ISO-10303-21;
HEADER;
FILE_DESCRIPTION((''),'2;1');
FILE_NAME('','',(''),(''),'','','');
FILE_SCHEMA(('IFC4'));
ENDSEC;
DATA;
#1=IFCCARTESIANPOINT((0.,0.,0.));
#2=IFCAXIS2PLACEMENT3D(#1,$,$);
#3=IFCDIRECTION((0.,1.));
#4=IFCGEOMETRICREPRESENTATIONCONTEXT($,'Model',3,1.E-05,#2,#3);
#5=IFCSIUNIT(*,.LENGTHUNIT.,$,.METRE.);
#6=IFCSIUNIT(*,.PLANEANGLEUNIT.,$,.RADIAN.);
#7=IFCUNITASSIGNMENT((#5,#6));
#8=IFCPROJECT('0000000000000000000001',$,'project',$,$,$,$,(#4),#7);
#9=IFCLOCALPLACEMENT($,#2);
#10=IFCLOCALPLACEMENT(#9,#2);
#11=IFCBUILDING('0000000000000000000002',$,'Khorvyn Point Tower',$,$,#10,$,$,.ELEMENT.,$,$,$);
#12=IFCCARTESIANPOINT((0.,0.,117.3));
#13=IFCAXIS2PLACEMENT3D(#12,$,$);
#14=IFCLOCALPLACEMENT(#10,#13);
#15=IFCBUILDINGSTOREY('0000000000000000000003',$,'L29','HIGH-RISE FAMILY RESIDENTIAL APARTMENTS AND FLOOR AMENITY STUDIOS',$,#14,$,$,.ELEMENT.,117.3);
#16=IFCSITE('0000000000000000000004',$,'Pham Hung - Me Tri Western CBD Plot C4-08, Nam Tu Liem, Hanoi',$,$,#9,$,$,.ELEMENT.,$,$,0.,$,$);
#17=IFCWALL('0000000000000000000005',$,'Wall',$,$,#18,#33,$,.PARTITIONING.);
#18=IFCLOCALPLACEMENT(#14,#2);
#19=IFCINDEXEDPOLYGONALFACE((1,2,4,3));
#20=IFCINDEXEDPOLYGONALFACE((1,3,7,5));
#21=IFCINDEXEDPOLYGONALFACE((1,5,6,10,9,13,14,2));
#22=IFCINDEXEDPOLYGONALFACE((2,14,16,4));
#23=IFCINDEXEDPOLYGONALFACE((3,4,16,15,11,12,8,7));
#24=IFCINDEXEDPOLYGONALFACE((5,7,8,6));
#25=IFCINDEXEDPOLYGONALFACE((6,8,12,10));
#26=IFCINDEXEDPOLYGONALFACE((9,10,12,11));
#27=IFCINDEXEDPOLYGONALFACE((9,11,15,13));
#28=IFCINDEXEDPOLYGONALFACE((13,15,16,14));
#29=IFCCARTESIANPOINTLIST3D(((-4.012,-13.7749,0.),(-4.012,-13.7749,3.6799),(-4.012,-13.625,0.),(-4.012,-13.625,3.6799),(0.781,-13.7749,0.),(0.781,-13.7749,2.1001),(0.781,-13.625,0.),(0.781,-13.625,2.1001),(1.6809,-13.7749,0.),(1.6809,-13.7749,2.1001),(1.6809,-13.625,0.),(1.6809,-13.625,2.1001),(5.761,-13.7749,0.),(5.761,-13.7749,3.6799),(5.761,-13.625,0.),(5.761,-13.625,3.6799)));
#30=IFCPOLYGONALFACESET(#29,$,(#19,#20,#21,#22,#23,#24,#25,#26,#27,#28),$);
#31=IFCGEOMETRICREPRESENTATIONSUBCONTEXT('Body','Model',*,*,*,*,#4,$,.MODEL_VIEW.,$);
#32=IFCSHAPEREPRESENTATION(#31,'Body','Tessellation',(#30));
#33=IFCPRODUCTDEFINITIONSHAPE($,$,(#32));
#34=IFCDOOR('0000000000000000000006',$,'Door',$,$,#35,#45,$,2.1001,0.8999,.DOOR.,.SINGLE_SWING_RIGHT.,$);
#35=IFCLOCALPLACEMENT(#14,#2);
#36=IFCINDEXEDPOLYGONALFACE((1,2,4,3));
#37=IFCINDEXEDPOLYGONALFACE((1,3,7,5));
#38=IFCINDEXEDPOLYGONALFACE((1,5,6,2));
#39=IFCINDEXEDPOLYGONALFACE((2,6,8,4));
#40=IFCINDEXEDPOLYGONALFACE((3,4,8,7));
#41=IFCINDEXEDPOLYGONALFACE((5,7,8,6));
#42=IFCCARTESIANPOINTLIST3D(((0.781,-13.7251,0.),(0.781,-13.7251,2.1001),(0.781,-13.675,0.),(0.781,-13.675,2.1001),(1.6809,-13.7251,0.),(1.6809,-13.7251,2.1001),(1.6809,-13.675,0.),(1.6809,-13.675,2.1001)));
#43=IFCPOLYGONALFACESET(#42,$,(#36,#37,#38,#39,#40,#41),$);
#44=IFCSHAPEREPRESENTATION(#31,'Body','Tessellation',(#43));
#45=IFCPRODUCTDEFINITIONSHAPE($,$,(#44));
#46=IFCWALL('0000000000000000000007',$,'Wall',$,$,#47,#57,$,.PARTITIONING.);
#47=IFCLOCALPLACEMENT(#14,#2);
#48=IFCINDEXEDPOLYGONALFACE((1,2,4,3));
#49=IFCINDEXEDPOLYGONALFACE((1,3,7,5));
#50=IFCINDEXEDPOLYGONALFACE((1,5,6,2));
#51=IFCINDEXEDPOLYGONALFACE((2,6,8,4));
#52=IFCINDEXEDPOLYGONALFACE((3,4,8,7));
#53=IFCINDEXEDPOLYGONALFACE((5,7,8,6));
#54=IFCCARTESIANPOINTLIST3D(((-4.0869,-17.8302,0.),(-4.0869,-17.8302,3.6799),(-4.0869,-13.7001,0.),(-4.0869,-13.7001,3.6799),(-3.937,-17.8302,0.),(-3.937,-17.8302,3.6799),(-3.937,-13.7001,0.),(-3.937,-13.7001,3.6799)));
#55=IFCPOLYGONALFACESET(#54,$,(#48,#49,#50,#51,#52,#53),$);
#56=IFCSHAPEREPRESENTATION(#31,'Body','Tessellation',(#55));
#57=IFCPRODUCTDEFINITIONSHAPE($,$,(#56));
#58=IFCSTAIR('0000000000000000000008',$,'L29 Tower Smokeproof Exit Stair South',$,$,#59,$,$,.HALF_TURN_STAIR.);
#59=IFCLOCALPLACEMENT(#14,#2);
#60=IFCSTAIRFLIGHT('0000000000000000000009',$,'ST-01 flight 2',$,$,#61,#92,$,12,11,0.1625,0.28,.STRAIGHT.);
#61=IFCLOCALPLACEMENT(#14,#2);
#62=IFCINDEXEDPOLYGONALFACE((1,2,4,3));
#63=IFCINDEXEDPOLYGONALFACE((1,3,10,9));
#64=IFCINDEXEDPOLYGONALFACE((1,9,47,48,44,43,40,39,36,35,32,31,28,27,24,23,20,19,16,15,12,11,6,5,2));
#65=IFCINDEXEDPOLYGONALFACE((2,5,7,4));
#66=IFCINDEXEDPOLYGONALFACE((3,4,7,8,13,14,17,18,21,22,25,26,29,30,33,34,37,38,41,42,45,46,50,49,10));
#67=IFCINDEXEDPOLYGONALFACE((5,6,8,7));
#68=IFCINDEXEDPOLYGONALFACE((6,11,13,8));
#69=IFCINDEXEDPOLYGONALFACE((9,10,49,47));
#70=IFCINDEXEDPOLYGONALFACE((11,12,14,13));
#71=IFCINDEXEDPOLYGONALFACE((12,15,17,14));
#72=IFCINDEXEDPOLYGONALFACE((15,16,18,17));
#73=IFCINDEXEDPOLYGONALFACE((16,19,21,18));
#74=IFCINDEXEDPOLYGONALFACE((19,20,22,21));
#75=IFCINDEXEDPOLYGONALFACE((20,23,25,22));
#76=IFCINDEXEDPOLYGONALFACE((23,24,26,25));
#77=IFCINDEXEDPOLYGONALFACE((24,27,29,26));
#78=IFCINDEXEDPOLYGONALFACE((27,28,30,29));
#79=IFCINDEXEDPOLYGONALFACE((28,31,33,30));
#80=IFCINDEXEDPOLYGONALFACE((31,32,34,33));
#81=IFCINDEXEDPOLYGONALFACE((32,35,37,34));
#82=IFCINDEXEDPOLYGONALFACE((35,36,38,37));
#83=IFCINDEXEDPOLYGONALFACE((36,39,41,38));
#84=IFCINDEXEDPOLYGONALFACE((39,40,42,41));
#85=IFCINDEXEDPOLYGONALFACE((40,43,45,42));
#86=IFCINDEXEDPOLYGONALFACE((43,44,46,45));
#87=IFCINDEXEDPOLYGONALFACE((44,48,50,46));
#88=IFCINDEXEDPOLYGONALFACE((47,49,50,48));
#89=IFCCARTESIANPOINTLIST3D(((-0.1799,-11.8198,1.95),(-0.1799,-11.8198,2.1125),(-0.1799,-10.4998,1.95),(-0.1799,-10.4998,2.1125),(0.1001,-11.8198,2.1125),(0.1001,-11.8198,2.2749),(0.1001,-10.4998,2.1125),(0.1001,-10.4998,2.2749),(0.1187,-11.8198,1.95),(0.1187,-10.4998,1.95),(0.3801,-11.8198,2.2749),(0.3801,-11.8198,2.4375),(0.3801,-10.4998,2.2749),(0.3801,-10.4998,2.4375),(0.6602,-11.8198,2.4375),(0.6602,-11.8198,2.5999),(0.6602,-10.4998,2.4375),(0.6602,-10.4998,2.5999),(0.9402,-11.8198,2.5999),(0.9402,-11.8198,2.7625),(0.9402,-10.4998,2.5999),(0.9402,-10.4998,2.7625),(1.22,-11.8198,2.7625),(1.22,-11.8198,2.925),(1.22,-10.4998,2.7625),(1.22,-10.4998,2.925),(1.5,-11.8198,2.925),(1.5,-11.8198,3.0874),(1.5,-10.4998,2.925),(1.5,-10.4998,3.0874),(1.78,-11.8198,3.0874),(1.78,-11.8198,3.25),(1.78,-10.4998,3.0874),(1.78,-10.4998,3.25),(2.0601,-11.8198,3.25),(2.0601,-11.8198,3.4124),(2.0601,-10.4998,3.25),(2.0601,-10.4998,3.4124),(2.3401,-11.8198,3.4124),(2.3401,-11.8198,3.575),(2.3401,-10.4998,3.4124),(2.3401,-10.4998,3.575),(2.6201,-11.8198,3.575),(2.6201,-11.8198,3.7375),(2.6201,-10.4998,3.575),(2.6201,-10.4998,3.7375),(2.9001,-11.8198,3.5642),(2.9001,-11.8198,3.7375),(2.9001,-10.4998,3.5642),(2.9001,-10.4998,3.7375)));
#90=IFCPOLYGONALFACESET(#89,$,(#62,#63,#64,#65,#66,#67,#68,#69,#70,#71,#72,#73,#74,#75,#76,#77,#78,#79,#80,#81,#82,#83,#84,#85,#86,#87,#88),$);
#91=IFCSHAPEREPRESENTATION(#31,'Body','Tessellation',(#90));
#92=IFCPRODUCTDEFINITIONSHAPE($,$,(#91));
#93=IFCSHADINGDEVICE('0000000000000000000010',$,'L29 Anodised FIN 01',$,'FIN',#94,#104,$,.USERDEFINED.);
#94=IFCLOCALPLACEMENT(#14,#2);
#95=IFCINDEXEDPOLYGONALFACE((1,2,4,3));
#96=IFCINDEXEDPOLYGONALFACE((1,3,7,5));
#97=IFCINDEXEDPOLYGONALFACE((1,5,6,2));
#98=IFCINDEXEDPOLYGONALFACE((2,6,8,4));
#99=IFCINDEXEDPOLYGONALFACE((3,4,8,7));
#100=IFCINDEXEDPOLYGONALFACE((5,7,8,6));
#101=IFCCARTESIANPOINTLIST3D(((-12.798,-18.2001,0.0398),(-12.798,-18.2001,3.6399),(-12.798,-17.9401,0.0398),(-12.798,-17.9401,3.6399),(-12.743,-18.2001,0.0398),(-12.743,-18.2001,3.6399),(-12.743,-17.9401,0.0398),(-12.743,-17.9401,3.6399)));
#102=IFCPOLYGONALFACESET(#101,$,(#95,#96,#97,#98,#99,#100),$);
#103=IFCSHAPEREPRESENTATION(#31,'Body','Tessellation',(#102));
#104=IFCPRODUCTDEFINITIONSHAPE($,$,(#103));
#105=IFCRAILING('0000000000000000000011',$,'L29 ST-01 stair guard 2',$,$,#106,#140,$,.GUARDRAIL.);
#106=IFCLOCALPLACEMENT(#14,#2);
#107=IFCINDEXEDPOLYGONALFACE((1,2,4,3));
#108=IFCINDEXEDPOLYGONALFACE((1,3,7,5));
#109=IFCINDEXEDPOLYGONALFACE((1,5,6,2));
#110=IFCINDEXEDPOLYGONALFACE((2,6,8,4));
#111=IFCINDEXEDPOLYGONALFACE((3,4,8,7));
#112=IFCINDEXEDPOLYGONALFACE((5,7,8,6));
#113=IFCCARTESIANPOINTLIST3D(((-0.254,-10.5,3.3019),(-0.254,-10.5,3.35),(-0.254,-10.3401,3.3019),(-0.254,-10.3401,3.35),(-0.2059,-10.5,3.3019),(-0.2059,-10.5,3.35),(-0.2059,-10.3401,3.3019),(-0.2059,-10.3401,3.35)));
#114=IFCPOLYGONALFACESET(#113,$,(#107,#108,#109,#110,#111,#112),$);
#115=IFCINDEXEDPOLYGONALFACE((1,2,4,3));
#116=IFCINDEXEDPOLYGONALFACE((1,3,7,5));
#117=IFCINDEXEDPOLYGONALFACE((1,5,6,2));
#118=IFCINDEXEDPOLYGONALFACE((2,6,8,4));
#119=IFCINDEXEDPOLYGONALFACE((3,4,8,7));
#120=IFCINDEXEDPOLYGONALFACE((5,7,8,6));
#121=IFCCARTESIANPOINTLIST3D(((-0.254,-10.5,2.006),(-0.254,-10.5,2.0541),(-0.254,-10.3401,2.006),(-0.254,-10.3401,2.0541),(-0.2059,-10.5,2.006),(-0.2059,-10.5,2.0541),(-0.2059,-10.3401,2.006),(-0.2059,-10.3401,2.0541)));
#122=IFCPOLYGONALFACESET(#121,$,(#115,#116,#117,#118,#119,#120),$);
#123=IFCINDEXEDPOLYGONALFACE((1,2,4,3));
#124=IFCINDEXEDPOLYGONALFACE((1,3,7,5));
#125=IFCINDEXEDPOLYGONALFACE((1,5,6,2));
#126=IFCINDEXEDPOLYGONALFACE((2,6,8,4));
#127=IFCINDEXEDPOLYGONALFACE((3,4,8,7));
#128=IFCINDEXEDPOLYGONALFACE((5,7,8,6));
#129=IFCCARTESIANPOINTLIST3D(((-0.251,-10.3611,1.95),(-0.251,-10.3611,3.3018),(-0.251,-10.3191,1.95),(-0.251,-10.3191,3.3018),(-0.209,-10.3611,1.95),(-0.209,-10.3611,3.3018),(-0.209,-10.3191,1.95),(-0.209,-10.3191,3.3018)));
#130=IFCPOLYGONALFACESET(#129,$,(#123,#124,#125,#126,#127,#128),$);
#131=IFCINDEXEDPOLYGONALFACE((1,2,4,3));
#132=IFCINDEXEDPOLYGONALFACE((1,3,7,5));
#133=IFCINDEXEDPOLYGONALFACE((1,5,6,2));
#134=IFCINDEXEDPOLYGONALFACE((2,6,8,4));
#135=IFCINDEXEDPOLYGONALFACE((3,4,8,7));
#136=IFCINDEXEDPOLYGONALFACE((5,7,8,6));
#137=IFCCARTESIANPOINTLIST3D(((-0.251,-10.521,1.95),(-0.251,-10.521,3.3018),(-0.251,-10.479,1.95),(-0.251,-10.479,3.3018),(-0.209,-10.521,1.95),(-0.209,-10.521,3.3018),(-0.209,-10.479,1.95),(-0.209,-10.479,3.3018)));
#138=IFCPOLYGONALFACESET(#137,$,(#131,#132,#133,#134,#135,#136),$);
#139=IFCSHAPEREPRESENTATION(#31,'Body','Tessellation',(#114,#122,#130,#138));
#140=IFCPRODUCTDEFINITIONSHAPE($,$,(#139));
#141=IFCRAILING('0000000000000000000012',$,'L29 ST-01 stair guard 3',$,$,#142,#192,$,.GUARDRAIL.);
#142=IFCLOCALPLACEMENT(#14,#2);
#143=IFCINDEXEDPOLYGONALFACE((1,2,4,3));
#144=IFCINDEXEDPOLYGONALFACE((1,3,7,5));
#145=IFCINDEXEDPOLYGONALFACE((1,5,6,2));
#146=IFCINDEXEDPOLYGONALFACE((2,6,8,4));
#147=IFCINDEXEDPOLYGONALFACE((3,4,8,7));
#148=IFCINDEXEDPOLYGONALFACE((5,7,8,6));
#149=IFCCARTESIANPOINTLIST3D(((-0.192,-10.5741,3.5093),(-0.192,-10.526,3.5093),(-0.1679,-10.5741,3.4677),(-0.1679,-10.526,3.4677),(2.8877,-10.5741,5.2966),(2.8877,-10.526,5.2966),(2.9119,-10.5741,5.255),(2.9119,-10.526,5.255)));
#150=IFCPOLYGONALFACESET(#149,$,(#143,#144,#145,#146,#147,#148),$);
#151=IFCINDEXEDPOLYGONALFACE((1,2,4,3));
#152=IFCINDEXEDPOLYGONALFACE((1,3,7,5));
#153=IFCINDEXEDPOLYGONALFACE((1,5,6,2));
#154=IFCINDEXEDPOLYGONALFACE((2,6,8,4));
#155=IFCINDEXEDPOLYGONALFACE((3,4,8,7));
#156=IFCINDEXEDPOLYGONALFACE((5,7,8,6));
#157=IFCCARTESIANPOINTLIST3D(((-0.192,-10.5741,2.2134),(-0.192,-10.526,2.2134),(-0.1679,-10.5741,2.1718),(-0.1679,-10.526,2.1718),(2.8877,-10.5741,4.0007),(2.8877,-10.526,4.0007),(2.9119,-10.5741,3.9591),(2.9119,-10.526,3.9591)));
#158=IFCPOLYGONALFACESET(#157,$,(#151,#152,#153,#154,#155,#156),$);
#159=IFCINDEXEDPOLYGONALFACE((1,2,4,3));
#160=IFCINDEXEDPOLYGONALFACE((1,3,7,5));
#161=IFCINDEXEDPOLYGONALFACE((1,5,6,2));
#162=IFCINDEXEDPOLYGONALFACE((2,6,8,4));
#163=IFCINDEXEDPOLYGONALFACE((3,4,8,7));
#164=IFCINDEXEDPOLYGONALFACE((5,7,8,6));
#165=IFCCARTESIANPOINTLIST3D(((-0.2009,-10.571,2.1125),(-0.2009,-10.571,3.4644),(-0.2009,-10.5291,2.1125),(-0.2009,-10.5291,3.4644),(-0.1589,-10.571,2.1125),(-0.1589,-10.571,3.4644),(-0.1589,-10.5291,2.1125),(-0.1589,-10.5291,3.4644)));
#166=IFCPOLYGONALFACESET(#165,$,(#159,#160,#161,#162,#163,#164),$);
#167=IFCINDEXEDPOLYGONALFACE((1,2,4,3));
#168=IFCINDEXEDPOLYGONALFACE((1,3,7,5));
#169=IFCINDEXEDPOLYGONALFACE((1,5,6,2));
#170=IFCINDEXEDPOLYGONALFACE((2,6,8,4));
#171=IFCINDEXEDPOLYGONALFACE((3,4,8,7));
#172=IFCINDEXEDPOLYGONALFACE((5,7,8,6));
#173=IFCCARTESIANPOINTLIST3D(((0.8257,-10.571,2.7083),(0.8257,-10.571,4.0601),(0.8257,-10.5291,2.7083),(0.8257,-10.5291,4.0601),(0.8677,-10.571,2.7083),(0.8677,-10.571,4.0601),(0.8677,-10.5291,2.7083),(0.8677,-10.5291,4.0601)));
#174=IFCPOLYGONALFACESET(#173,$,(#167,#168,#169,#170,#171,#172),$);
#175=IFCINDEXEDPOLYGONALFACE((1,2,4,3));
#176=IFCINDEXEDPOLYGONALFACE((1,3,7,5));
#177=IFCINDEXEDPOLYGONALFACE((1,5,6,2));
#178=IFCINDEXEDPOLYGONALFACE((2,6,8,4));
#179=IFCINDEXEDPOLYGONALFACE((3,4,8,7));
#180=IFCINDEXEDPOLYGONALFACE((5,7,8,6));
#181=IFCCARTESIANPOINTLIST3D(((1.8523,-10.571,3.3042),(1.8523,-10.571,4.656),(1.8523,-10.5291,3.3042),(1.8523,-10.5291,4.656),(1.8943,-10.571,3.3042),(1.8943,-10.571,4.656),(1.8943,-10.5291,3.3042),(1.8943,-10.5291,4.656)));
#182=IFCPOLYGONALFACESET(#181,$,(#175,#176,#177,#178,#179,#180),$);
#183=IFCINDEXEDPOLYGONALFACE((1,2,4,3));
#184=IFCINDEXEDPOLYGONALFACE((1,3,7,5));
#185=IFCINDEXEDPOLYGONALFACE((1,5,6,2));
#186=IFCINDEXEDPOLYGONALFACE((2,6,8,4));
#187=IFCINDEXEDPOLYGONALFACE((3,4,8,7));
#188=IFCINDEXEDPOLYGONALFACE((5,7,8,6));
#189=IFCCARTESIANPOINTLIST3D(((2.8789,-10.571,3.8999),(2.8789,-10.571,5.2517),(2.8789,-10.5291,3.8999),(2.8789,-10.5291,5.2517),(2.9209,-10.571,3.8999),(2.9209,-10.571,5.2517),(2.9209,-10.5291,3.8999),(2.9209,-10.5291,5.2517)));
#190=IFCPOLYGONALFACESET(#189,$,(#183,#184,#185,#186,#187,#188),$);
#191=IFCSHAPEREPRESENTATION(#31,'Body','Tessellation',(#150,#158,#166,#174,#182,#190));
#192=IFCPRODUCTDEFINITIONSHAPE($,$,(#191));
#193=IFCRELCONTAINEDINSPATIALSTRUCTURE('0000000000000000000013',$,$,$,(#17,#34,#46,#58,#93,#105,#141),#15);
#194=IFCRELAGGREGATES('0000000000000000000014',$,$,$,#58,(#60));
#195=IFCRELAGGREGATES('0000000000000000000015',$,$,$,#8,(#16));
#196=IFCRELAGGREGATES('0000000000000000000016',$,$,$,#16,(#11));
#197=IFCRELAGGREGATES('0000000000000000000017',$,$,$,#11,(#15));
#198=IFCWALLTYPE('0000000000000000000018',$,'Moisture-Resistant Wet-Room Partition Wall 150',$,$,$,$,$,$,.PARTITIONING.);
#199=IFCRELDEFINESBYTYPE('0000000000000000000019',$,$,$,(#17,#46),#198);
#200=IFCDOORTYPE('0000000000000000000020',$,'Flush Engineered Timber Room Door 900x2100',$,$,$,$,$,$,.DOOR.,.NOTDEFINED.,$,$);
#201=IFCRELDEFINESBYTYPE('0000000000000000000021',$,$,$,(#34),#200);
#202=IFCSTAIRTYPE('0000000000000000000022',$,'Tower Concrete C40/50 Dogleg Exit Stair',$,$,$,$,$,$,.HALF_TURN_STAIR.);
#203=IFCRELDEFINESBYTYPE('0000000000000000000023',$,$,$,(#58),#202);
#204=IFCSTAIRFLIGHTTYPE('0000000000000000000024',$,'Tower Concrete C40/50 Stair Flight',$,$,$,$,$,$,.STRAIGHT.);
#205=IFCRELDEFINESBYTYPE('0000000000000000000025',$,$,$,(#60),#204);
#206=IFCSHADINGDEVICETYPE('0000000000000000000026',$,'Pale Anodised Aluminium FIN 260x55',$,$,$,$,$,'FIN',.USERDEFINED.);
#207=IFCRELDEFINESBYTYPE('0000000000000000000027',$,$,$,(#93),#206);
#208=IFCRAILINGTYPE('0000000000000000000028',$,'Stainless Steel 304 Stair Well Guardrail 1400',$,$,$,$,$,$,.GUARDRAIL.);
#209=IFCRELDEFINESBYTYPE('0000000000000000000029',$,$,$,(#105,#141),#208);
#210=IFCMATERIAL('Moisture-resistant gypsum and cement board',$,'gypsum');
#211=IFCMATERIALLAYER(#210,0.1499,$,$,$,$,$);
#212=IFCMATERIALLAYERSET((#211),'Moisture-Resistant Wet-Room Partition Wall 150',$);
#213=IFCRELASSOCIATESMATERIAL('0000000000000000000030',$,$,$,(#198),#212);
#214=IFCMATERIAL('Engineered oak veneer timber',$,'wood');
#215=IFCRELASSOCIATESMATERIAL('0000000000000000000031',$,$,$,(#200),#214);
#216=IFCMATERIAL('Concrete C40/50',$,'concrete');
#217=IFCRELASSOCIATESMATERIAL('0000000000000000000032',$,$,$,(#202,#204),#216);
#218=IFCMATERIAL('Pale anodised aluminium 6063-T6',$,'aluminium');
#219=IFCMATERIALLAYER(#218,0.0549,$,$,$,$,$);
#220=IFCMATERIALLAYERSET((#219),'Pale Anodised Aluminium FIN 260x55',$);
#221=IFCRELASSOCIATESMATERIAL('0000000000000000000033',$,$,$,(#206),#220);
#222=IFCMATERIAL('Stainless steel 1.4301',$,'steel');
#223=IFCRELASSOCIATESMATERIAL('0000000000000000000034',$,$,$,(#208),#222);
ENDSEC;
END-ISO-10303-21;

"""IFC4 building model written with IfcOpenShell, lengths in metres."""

from ifc_helpers import new_model, si_unit, direction, frame, frame_2d, origin, origin_2d, place, context, subcontext, project, spatial, polyline, rectangle, outline, extrude, material, layer, layer_set, type_object, element, fill, aggregate, save


model = new_model("IFC4")

# Units and contexts
model_context = context("Model", 3, precision=1e-05, world=origin(), true_north=direction((0.0, 1.0)))
body_context = subcontext(model_context, "Body", "Model", "MODEL_VIEW")
ifc_project = project(units=[si_unit("LENGTHUNIT", "METRE"), si_unit("PLANEANGLEUNIT", "RADIAN")], contexts=[model_context])

# Site, building, storey
site_placement = place(None, origin())
site = spatial("IfcSite", under=ifc_project, at=site_placement, Name="Pham Hung - Me Tri Western CBD Plot C4-08, Nam Tu Liem, Hanoi", CompositionType="ELEMENT", RefElevation=0.0)
building_placement = place(site_placement, origin())
building = spatial("IfcBuilding", under=site, at=building_placement, Name="Khorvyn Point Tower", CompositionType="ELEMENT")
storey_placement = place(building_placement, frame((0.0, 0.0, 117.3)))
storey = spatial("IfcBuildingStorey", under=building, at=storey_placement, Name="L29", Description="HIGH-RISE FAMILY RESIDENTIAL APARTMENTS AND FLOOR AMENITY STUDIOS", CompositionType="ELEMENT", Elevation=117.3)

# Shared definitions
ifc_material_1 = material(Name="Concrete C40/50", Category="concrete")

# Wall, opening, door
ifc_material_2 = material(Name="Moisture-resistant gypsum and cement board", Category="gypsum")
ifc_layer_1 = layer(ifc_material_2, 0.1499)
ifc_layer_set_1 = layer_set([ifc_layer_1], Name="Moisture-Resistant Wet-Room Partition Wall 150")
wall_type_1 = type_object("IfcWallType", Name="Moisture-Resistant Wet-Room Partition Wall 150", PredefinedType="PARTITIONING", material=ifc_layer_set_1)
wall_1_placement = place(storey_placement, frame((-4.012, -13.7, 0.0), z_axis=(0.0, 0.0, 1.0), x_axis=(1.0, 0.0, 0.0)))
wall_1 = element("IfcWall", 1, at=wall_1_placement, inside=storey, type_object=wall_type_1, Name="Wall", PredefinedType="PARTITIONING", context=body_context, shape_type="SweptSolid", body=[
    extrude(rectangle(XDim=9.7729, YDim=0.1499, at=frame_2d((4.8865, 0.0))), origin(), (0.0, 0.0, 1.0), 3.6799),
])
opening_1_placement = place(wall_1_placement, frame((4.793, 0.0, 0.0)))
opening_1 = element("IfcOpeningElement", 2, at=opening_1_placement, cuts=wall_1, PredefinedType="OPENING", context=body_context, shape_type="SweptSolid", body=[
    extrude(rectangle(XDim=0.8999, YDim=2.1001, at=frame_2d((0.45, 1.05))), frame((0.0, 0.085, 0.0), z_axis=(0.0, -1.0, 0.0), x_axis=(1.0, 0.0, 0.0)), (0.0, 0.0, 1.0), 0.1699),
])
ifc_material_3 = material(Name="Engineered oak veneer timber", Category="wood")
door_type_1 = type_object("IfcDoorType", Name="Flush Engineered Timber Room Door 900x2100", OperationType="NOTDEFINED", PredefinedType="DOOR", material=ifc_material_3)
door_1_placement = place(opening_1_placement, origin())
door_1 = element("IfcDoor", 3, at=door_1_placement, inside=storey, type_object=door_type_1, Name="Door", OperationType="SINGLE_SWING_RIGHT", OverallHeight=2.1001, OverallWidth=0.8999, PredefinedType="DOOR", context=body_context, shape_type="SweptSolid", body=[
    extrude(rectangle(XDim=0.8999, YDim=2.1001, at=frame_2d((0.45, 1.05))), frame((0.0, 0.0249, 0.0), z_axis=(0.0, -1.0, 0.0), x_axis=(1.0, 0.0, 0.0)), (0.0, 0.0, 1.0), 0.05),
])
fill(opening_1, door_1)

# Wall
wall_2_placement = place(storey_placement, frame((-4.012, -17.8301, 0.0), z_axis=(0.0, 0.0, 1.0), x_axis=(0.0, 1.0, 0.0)))
element("IfcWall", 4, at=wall_2_placement, inside=storey, type_object=wall_type_1, Name="Wall", PredefinedType="PARTITIONING", context=body_context, shape_type="SweptSolid", body=[
    extrude(rectangle(XDim=4.1301, YDim=0.1499, at=frame_2d((2.0649, 0.0))), origin(), (0.0, 0.0, 1.0), 3.6799),
])

# Stair, stair flight
stair_type = type_object("IfcStairType", Name="Tower Concrete C40/50 Dogleg Exit Stair", PredefinedType="HALF_TURN_STAIR", material=ifc_material_1)
stair_placement = place(storey_placement, origin())
stair = element("IfcStair", 5, at=stair_placement, inside=storey, type_object=stair_type, Name="L29 Tower Smokeproof Exit Stair South", PredefinedType="HALF_TURN_STAIR")
stair_flight_type = type_object("IfcStairFlightType", Name="Tower Concrete C40/50 Stair Flight", PredefinedType="STRAIGHT", material=ifc_material_1)
stair_flight_placement = place(storey_placement, frame((-0.1799, -11.1599, 1.95), z_axis=(0.0, 0.0, 1.0), x_axis=(1.0, 0.0, 0.0)))
stair_flight = element("IfcStairFlight", 6, at=stair_flight_placement, type_object=stair_flight_type, Name="ST-01 flight 2", NumberOfRisers=12, NumberOfTreads=11, PredefinedType="STRAIGHT", RiserHeight=0.1625, TreadLength=0.28, context=body_context, shape_type="SweptSolid", body=[
    extrude(outline(polyline([(0.0, 0.0), (0.0, 0.1626), (0.28, 0.1626), (0.28, 0.325), (0.5601, 0.325), (0.5601, 0.4875), (0.8401, 0.4875), (0.8401, 0.6499), (1.1201, 0.6499), (1.1201, 0.8125), (1.3999, 0.8125), (1.3999, 0.9751), (1.6799, 0.9751), (1.6799, 1.1375), (1.96, 1.1375), (1.96, 1.3), (2.24, 1.3), (2.24, 1.4624), (2.52, 1.4624), (2.52, 1.625), (2.8, 1.625), (2.8, 1.7876), (3.0801, 1.7876), (3.0801, 1.95), (3.0801, 1.6143), (0.2986, 0.0), (0.0, 0.0)])), frame((0.0, 0.6602, 0.0), z_axis=(0.0, -1.0, 0.0), x_axis=(1.0, 0.0, 0.0)), (0.0, 0.0, 1.0), 1.3201),
])
aggregate(stair, [stair_flight])

# Shading device
ifc_material_4 = material(Name="Pale anodised aluminium 6063-T6", Category="aluminium")
ifc_layer_2 = layer(ifc_material_4, 0.0549)
ifc_layer_set_2 = layer_set([ifc_layer_2], Name="Pale Anodised Aluminium FIN 260x55")
shading_device_type = type_object("IfcShadingDeviceType", Name="Pale Anodised Aluminium FIN 260x55", ElementType="FIN", PredefinedType="USERDEFINED", material=ifc_layer_set_2)
shading_device_placement = place(storey_placement, frame((-12.7705, -18.0701, 0.0398), z_axis=(0.0, 0.0, 1.0), x_axis=(0.0, -1.0, 0.0)))
element("IfcShadingDevice", 7, at=shading_device_placement, inside=storey, type_object=shading_device_type, Name="L29 Anodised FIN 01", ObjectType="FIN", PredefinedType="USERDEFINED", context=body_context, shape_type="SweptSolid", body=[
    extrude(rectangle(XDim=0.26, YDim=0.0549, at=origin_2d()), origin(), (0.0, 0.0, 1.0), 3.6001),
])

# Railings
ifc_material_5 = material(Name="Stainless steel 1.4301", Category="steel")
railing_type = type_object("IfcRailingType", Name="Stainless Steel 304 Stair Well Guardrail 1400", PredefinedType="GUARDRAIL", material=ifc_material_5)
railing_1_placement = place(storey_placement, frame((-0.23, -10.3401, 1.95)))
element("IfcRailing", 8, at=railing_1_placement, inside=storey, type_object=railing_type, Name="L29 ST-01 stair guard 2", PredefinedType="GUARDRAIL", context=body_context, shape_type="SweptSolid", body=[
    extrude(rectangle(XDim=0.0481, YDim=0.0481, at=origin_2d()), frame((0.0, 0.0, 1.376), z_axis=(0.0, -1.0, 0.0), x_axis=(1.0, 0.0, 0.0)), (0.0, 0.0, 1.0), 0.1599),
    extrude(rectangle(XDim=0.0481, YDim=0.0481, at=origin_2d()), frame((0.0, 0.0, 0.0801), z_axis=(0.0, -1.0, 0.0), x_axis=(1.0, 0.0, 0.0)), (0.0, 0.0, 1.0), 0.1599),
    extrude(rectangle(XDim=0.042, YDim=0.042, at=origin_2d()), origin(), (0.0, 0.0, 1.0), 1.3518),
    extrude(rectangle(XDim=0.042, YDim=0.042, at=origin_2d()), frame((0.0, -0.1599, 0.0)), (0.0, 0.0, 1.0), 1.3518),
])
railing_2_placement = place(storey_placement, frame((-0.1799, -10.55, 2.1125)))
element("IfcRailing", 9, at=railing_2_placement, inside=storey, type_object=railing_type, Name="L29 ST-01 stair guard 3", PredefinedType="GUARDRAIL", context=body_context, shape_type="SweptSolid", body=[
    extrude(rectangle(XDim=0.0481, YDim=0.0481, at=origin_2d()), frame((0.0, 0.0, 1.376), z_axis=(0.864903, 0.0, 0.501939), x_axis=(0.0, 1.0, 0.0)), (0.0, 0.0, 1.0), 3.5608),
    extrude(rectangle(XDim=0.0481, YDim=0.0481, at=origin_2d()), frame((0.0, 0.0, 0.0801), z_axis=(0.864903, 0.0, 0.501939), x_axis=(0.0, 1.0, 0.0)), (0.0, 0.0, 1.0), 3.5608),
    extrude(rectangle(XDim=0.042, YDim=0.042, at=origin_2d()), origin(), (0.0, 0.0, 1.0), 1.3518),
    extrude(rectangle(XDim=0.042, YDim=0.042, at=origin_2d()), frame((1.0266, 0.0, 0.5957)), (0.0, 0.0, 1.0), 1.3518),
    extrude(rectangle(XDim=0.042, YDim=0.042, at=origin_2d()), frame((2.0532, 0.0, 1.1917)), (0.0, 0.0, 1.0), 1.3518),
    extrude(rectangle(XDim=0.042, YDim=0.042, at=origin_2d()), frame((3.0798, 0.0, 1.7874)), (0.0, 0.0, 1.0), 1.3518),
])

save(model, "model.ifc")
